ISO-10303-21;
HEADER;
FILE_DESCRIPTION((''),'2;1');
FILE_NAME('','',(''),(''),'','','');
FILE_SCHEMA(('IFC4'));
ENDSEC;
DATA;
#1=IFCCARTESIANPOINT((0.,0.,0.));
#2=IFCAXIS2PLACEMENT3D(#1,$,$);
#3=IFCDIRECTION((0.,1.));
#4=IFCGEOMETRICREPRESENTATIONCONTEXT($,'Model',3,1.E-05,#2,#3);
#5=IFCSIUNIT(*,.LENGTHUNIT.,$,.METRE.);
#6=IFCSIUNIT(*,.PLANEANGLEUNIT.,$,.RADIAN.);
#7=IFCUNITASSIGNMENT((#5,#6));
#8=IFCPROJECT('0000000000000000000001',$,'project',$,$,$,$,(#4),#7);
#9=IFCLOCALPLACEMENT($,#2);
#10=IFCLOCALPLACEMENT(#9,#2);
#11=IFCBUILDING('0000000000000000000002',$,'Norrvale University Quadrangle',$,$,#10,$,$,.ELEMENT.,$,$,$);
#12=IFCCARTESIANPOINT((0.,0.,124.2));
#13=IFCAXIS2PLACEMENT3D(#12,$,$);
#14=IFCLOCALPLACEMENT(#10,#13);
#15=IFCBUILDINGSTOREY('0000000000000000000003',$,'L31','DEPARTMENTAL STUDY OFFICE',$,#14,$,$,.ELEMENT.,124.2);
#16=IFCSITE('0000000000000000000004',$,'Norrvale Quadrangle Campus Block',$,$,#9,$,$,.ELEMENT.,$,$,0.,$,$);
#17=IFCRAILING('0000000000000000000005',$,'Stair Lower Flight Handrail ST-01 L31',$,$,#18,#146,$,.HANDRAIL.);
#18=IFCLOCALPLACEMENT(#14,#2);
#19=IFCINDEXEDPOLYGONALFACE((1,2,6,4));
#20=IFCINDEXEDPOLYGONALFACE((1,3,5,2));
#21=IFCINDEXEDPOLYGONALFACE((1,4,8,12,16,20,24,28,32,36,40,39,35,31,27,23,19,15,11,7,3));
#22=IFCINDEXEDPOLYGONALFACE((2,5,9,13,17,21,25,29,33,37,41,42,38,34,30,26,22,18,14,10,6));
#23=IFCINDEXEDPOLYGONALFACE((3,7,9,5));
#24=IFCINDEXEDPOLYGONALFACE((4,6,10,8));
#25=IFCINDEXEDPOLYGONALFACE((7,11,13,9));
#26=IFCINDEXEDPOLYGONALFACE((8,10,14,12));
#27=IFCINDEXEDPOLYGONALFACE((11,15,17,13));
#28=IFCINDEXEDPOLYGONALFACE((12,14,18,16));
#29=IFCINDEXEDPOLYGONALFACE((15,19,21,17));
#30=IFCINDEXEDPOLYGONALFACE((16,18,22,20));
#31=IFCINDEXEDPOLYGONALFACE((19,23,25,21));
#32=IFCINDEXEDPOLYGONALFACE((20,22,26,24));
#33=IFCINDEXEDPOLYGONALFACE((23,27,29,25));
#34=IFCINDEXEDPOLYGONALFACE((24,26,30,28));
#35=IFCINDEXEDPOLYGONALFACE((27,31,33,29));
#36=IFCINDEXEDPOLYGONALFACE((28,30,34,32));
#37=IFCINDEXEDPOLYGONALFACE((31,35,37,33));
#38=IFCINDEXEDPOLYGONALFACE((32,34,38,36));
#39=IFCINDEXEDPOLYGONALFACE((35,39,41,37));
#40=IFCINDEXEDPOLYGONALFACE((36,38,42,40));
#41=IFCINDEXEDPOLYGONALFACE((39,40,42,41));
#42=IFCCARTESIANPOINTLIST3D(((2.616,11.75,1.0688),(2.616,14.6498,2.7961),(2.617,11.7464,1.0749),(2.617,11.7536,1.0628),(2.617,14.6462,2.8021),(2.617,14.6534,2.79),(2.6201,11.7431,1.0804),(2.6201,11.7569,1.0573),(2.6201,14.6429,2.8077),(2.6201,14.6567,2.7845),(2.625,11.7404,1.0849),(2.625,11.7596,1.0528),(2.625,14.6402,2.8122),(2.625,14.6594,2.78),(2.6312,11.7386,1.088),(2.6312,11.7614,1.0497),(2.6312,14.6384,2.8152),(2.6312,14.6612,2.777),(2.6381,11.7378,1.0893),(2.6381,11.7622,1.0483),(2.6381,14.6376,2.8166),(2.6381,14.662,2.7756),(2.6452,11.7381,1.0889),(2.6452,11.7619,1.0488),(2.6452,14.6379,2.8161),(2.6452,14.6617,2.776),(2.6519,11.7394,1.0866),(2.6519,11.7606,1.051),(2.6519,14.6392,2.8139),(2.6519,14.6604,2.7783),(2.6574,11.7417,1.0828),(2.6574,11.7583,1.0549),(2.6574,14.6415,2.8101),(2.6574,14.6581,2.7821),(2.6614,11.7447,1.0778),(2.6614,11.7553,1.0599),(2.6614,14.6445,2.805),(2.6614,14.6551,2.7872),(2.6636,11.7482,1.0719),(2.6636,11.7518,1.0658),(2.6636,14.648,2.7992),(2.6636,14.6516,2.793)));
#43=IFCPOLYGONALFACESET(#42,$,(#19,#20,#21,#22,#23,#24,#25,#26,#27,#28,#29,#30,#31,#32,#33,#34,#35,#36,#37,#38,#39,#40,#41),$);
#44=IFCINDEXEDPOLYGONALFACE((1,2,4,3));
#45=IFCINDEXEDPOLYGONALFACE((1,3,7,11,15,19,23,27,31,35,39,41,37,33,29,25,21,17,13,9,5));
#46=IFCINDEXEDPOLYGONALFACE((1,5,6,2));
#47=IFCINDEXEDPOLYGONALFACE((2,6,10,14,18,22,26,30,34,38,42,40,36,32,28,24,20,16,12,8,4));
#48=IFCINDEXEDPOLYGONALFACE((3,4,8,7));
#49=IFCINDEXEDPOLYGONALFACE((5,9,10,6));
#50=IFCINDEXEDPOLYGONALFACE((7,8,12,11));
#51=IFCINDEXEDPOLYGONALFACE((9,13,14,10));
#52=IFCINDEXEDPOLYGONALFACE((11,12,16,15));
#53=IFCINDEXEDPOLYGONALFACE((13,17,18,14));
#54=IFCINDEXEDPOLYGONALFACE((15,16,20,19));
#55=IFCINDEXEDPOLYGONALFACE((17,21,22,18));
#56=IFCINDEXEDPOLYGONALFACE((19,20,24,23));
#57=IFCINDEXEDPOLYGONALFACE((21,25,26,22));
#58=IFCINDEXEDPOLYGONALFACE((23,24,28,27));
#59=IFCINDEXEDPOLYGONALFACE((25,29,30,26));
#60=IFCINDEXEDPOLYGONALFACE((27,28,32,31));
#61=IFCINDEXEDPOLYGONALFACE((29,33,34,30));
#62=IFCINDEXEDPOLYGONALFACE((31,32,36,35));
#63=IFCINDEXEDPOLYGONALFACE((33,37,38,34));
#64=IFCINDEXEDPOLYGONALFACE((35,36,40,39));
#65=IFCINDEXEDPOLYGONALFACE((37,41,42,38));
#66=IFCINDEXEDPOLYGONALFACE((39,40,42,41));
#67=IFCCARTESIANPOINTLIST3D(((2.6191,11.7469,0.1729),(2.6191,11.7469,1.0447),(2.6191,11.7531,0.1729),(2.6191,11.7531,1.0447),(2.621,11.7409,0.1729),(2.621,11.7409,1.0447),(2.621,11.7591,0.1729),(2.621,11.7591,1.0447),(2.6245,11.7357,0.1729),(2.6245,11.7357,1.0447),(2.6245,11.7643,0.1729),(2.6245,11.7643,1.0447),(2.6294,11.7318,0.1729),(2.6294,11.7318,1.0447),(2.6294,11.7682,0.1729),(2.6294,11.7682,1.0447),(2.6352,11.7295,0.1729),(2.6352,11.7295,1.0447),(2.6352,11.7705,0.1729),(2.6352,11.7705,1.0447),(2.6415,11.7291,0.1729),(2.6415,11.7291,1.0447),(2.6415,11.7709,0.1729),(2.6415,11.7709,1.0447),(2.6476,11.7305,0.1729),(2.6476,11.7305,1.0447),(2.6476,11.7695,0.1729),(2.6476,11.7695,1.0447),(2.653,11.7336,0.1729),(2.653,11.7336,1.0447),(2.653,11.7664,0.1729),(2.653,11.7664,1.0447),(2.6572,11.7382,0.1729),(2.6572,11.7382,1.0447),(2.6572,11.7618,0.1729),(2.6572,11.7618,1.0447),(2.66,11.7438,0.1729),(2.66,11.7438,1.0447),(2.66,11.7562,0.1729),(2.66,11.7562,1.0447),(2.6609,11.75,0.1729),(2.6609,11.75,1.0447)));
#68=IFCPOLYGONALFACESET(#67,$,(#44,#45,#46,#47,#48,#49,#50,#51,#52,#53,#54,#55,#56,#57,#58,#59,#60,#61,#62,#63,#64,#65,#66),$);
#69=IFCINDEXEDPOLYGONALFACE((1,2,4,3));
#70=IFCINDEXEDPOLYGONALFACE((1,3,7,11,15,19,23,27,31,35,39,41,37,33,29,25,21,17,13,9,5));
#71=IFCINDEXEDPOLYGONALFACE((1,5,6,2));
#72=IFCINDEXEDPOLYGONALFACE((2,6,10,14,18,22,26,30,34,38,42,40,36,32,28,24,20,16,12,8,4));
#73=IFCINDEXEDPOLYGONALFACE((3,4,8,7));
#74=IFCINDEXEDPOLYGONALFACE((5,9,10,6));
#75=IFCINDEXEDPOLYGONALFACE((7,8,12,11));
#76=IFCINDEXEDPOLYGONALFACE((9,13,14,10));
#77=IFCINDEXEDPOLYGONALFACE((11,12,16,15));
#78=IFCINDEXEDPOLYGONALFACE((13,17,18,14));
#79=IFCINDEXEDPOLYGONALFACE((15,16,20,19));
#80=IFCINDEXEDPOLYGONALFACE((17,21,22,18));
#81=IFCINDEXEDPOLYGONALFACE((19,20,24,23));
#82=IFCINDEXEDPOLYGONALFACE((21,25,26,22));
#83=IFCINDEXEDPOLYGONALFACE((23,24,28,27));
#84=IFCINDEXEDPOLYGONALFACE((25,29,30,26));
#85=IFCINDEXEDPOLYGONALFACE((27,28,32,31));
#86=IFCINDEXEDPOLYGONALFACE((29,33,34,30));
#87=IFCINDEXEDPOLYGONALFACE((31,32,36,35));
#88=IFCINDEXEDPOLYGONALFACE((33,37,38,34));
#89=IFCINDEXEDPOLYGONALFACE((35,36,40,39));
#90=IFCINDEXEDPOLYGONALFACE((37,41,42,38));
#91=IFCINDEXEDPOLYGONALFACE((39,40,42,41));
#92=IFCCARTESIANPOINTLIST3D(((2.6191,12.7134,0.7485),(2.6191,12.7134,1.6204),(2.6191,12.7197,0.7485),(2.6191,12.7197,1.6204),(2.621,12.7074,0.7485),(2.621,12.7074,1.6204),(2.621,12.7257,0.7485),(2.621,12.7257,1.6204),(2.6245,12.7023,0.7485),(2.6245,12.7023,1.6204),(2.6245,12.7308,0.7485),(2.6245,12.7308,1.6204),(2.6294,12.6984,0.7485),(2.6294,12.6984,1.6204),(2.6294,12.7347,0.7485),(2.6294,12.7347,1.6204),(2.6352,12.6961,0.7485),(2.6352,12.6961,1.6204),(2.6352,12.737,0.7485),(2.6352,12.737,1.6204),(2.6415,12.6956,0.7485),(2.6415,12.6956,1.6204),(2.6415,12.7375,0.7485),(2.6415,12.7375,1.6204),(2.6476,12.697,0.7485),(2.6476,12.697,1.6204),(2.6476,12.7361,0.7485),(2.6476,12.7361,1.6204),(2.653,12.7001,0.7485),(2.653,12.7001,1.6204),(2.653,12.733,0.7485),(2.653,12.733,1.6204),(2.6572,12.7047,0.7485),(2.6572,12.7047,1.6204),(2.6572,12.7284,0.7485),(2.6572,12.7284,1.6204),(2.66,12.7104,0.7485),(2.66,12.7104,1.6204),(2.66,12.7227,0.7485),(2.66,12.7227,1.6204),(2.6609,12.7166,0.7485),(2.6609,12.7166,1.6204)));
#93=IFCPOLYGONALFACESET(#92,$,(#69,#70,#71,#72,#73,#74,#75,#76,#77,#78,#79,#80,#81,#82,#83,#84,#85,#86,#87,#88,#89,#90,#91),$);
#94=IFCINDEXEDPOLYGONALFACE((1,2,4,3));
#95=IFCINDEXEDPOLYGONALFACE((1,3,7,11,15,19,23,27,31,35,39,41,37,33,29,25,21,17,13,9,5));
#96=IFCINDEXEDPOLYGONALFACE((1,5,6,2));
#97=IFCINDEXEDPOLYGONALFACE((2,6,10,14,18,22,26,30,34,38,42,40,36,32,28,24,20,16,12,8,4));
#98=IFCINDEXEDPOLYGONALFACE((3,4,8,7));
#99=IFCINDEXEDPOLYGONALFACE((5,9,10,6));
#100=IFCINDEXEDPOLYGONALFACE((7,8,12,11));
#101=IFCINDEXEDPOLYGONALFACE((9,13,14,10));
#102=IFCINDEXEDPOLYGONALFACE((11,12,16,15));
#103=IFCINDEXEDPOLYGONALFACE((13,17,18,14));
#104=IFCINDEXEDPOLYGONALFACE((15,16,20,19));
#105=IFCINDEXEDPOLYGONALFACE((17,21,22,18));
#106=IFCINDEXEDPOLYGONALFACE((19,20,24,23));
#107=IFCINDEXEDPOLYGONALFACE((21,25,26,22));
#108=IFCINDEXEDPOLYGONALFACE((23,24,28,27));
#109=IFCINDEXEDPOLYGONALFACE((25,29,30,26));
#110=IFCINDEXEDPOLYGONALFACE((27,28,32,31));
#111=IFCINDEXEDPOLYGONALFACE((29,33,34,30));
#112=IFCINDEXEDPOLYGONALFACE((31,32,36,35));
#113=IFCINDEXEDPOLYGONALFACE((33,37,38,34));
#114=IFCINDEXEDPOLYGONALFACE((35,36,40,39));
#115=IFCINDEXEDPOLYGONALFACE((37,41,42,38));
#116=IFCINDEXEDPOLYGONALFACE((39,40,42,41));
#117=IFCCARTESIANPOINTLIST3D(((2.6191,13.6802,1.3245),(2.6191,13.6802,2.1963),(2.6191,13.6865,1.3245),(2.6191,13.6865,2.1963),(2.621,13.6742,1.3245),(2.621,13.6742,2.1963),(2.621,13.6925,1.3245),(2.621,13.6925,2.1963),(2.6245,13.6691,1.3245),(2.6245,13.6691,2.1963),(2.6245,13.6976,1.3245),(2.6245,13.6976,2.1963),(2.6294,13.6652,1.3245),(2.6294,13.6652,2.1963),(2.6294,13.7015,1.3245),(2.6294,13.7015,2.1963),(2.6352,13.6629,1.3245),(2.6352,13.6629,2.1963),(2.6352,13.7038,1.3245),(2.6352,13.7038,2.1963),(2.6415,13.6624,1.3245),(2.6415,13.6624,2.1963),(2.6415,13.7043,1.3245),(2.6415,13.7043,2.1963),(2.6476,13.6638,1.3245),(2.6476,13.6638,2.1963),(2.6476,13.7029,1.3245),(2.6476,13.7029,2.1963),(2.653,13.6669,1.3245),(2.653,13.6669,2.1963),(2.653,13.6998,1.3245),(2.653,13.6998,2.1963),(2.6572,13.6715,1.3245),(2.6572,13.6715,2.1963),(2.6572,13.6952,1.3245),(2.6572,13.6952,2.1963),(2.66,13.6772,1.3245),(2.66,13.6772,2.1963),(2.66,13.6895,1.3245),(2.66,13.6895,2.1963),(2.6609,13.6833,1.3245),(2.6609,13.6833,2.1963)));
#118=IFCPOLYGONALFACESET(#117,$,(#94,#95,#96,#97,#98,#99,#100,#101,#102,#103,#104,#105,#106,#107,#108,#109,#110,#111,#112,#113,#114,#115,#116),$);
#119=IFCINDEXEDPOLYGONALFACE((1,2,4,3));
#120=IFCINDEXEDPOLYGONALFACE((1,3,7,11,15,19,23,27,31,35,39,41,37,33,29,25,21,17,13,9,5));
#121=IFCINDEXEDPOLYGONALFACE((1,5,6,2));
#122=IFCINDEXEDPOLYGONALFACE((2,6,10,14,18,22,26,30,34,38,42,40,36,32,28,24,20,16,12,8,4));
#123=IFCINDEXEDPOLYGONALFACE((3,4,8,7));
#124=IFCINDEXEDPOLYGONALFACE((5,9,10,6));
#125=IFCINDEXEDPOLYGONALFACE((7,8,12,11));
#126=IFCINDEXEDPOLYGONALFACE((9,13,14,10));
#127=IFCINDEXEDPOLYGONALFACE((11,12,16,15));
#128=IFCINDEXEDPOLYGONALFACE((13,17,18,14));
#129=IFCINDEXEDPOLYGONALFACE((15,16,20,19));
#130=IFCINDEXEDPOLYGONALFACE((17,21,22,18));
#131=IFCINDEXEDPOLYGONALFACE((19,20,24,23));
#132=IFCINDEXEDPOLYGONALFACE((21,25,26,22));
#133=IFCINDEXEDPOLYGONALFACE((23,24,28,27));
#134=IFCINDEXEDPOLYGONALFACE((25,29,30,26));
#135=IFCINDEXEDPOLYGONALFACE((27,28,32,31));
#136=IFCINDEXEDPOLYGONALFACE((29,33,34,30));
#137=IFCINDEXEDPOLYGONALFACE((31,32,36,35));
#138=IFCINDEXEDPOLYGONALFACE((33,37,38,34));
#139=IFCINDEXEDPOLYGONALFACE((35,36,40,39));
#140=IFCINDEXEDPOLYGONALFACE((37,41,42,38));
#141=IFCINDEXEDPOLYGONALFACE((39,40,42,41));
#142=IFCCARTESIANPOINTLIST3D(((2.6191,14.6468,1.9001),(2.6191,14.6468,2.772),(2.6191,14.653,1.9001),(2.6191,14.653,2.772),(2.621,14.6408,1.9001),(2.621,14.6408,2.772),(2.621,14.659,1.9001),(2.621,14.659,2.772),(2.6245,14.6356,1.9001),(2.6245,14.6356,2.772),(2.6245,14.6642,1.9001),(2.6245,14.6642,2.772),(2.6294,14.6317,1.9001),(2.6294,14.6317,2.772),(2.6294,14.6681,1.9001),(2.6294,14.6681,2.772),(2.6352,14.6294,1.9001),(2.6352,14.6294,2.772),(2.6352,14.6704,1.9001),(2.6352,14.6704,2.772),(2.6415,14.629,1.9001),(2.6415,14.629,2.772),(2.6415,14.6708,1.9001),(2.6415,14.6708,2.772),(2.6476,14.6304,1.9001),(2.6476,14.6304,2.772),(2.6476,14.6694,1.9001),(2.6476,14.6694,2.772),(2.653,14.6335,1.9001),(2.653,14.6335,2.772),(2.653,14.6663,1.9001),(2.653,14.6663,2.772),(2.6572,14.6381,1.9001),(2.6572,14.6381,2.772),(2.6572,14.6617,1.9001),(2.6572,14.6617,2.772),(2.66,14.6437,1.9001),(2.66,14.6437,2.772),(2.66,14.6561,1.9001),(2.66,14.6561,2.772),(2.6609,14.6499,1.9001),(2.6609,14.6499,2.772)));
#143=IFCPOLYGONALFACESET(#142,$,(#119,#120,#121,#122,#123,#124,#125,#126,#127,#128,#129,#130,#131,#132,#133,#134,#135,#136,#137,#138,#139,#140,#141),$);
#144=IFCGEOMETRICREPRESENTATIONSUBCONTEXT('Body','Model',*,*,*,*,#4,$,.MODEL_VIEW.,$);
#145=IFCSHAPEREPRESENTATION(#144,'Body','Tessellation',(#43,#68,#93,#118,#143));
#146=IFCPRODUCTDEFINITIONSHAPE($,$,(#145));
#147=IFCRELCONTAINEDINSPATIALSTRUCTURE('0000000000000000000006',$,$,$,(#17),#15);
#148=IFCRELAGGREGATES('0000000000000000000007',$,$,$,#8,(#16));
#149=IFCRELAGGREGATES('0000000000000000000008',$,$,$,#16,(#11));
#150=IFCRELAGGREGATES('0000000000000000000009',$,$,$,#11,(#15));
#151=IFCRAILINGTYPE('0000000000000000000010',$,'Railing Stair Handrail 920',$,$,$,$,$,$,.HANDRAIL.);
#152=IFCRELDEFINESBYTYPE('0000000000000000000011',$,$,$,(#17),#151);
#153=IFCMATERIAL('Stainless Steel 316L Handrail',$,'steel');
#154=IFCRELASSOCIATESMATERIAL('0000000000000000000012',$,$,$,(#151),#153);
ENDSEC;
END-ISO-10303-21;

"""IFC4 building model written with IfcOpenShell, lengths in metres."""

from ifc_helpers import new_model, si_unit, direction, frame, origin, origin_2d, place, context, subcontext, project, spatial, circle, extrude, material, type_object, element, save


model = new_model("IFC4")

# Units and contexts
model_context = context("Model", 3, precision=1e-05, world=origin(), true_north=direction((0.0, 1.0)))
body_context = subcontext(model_context, "Body", "Model", "MODEL_VIEW")
ifc_project = project(units=[si_unit("LENGTHUNIT", "METRE"), si_unit("PLANEANGLEUNIT", "RADIAN")], contexts=[model_context])

# Site, building, storey
site_placement = place(None, origin())
site = spatial("IfcSite", under=ifc_project, at=site_placement, Name="Norrvale Quadrangle Campus Block", CompositionType="ELEMENT", RefElevation=0.0)
building_placement = place(site_placement, origin())
building = spatial("IfcBuilding", under=site, at=building_placement, Name="Norrvale University Quadrangle", CompositionType="ELEMENT")
storey_placement = place(building_placement, frame((0.0, 0.0, 124.2)))
storey = spatial("IfcBuildingStorey", under=building, at=storey_placement, Name="L31", Description="DEPARTMENTAL STUDY OFFICE", CompositionType="ELEMENT", Elevation=124.2)

# Railing
ifc_material_1 = material(Name="Stainless Steel 316L Handrail", Category="steel")
railing_type_1 = type_object("IfcRailingType", Name="Railing Stair Handrail 920", PredefinedType="HANDRAIL", material=ifc_material_1)
railing_placement = place(storey_placement, frame((2.6399, 11.75, 0.1729)))
element("IfcRailing", 1, at=railing_placement, inside=storey, type_object=railing_type_1, Name="Stair Lower Flight Handrail ST-01 L31", PredefinedType="HANDRAIL", context=body_context, shape_type="SweptSolid", body=[
    extrude(circle(Radius=0.0239, at=origin_2d()), frame((0.0, 0.0, 0.896), z_axis=(0.0, 0.859141, 0.511738), x_axis=(-1.0, 0.0, 0.0)), (0.0, 0.0, 1.0), 3.3752),
    extrude(circle(Radius=0.021, at=origin_2d()), origin(), (0.0, 0.0, 1.0), 0.8718),
    extrude(circle(Radius=0.021, at=origin_2d()), frame((0.0, 0.9666, 0.5757)), (0.0, 0.0, 1.0), 0.8718),
    extrude(circle(Radius=0.021, at=origin_2d()), frame((0.0, 1.9333, 1.1516)), (0.0, 0.0, 1.0), 0.8718),
    extrude(circle(Radius=0.021, at=origin_2d()), frame((0.0, 2.8999, 1.7273)), (0.0, 0.0, 1.0), 0.8718),
])

save(model, "model.ifc")
